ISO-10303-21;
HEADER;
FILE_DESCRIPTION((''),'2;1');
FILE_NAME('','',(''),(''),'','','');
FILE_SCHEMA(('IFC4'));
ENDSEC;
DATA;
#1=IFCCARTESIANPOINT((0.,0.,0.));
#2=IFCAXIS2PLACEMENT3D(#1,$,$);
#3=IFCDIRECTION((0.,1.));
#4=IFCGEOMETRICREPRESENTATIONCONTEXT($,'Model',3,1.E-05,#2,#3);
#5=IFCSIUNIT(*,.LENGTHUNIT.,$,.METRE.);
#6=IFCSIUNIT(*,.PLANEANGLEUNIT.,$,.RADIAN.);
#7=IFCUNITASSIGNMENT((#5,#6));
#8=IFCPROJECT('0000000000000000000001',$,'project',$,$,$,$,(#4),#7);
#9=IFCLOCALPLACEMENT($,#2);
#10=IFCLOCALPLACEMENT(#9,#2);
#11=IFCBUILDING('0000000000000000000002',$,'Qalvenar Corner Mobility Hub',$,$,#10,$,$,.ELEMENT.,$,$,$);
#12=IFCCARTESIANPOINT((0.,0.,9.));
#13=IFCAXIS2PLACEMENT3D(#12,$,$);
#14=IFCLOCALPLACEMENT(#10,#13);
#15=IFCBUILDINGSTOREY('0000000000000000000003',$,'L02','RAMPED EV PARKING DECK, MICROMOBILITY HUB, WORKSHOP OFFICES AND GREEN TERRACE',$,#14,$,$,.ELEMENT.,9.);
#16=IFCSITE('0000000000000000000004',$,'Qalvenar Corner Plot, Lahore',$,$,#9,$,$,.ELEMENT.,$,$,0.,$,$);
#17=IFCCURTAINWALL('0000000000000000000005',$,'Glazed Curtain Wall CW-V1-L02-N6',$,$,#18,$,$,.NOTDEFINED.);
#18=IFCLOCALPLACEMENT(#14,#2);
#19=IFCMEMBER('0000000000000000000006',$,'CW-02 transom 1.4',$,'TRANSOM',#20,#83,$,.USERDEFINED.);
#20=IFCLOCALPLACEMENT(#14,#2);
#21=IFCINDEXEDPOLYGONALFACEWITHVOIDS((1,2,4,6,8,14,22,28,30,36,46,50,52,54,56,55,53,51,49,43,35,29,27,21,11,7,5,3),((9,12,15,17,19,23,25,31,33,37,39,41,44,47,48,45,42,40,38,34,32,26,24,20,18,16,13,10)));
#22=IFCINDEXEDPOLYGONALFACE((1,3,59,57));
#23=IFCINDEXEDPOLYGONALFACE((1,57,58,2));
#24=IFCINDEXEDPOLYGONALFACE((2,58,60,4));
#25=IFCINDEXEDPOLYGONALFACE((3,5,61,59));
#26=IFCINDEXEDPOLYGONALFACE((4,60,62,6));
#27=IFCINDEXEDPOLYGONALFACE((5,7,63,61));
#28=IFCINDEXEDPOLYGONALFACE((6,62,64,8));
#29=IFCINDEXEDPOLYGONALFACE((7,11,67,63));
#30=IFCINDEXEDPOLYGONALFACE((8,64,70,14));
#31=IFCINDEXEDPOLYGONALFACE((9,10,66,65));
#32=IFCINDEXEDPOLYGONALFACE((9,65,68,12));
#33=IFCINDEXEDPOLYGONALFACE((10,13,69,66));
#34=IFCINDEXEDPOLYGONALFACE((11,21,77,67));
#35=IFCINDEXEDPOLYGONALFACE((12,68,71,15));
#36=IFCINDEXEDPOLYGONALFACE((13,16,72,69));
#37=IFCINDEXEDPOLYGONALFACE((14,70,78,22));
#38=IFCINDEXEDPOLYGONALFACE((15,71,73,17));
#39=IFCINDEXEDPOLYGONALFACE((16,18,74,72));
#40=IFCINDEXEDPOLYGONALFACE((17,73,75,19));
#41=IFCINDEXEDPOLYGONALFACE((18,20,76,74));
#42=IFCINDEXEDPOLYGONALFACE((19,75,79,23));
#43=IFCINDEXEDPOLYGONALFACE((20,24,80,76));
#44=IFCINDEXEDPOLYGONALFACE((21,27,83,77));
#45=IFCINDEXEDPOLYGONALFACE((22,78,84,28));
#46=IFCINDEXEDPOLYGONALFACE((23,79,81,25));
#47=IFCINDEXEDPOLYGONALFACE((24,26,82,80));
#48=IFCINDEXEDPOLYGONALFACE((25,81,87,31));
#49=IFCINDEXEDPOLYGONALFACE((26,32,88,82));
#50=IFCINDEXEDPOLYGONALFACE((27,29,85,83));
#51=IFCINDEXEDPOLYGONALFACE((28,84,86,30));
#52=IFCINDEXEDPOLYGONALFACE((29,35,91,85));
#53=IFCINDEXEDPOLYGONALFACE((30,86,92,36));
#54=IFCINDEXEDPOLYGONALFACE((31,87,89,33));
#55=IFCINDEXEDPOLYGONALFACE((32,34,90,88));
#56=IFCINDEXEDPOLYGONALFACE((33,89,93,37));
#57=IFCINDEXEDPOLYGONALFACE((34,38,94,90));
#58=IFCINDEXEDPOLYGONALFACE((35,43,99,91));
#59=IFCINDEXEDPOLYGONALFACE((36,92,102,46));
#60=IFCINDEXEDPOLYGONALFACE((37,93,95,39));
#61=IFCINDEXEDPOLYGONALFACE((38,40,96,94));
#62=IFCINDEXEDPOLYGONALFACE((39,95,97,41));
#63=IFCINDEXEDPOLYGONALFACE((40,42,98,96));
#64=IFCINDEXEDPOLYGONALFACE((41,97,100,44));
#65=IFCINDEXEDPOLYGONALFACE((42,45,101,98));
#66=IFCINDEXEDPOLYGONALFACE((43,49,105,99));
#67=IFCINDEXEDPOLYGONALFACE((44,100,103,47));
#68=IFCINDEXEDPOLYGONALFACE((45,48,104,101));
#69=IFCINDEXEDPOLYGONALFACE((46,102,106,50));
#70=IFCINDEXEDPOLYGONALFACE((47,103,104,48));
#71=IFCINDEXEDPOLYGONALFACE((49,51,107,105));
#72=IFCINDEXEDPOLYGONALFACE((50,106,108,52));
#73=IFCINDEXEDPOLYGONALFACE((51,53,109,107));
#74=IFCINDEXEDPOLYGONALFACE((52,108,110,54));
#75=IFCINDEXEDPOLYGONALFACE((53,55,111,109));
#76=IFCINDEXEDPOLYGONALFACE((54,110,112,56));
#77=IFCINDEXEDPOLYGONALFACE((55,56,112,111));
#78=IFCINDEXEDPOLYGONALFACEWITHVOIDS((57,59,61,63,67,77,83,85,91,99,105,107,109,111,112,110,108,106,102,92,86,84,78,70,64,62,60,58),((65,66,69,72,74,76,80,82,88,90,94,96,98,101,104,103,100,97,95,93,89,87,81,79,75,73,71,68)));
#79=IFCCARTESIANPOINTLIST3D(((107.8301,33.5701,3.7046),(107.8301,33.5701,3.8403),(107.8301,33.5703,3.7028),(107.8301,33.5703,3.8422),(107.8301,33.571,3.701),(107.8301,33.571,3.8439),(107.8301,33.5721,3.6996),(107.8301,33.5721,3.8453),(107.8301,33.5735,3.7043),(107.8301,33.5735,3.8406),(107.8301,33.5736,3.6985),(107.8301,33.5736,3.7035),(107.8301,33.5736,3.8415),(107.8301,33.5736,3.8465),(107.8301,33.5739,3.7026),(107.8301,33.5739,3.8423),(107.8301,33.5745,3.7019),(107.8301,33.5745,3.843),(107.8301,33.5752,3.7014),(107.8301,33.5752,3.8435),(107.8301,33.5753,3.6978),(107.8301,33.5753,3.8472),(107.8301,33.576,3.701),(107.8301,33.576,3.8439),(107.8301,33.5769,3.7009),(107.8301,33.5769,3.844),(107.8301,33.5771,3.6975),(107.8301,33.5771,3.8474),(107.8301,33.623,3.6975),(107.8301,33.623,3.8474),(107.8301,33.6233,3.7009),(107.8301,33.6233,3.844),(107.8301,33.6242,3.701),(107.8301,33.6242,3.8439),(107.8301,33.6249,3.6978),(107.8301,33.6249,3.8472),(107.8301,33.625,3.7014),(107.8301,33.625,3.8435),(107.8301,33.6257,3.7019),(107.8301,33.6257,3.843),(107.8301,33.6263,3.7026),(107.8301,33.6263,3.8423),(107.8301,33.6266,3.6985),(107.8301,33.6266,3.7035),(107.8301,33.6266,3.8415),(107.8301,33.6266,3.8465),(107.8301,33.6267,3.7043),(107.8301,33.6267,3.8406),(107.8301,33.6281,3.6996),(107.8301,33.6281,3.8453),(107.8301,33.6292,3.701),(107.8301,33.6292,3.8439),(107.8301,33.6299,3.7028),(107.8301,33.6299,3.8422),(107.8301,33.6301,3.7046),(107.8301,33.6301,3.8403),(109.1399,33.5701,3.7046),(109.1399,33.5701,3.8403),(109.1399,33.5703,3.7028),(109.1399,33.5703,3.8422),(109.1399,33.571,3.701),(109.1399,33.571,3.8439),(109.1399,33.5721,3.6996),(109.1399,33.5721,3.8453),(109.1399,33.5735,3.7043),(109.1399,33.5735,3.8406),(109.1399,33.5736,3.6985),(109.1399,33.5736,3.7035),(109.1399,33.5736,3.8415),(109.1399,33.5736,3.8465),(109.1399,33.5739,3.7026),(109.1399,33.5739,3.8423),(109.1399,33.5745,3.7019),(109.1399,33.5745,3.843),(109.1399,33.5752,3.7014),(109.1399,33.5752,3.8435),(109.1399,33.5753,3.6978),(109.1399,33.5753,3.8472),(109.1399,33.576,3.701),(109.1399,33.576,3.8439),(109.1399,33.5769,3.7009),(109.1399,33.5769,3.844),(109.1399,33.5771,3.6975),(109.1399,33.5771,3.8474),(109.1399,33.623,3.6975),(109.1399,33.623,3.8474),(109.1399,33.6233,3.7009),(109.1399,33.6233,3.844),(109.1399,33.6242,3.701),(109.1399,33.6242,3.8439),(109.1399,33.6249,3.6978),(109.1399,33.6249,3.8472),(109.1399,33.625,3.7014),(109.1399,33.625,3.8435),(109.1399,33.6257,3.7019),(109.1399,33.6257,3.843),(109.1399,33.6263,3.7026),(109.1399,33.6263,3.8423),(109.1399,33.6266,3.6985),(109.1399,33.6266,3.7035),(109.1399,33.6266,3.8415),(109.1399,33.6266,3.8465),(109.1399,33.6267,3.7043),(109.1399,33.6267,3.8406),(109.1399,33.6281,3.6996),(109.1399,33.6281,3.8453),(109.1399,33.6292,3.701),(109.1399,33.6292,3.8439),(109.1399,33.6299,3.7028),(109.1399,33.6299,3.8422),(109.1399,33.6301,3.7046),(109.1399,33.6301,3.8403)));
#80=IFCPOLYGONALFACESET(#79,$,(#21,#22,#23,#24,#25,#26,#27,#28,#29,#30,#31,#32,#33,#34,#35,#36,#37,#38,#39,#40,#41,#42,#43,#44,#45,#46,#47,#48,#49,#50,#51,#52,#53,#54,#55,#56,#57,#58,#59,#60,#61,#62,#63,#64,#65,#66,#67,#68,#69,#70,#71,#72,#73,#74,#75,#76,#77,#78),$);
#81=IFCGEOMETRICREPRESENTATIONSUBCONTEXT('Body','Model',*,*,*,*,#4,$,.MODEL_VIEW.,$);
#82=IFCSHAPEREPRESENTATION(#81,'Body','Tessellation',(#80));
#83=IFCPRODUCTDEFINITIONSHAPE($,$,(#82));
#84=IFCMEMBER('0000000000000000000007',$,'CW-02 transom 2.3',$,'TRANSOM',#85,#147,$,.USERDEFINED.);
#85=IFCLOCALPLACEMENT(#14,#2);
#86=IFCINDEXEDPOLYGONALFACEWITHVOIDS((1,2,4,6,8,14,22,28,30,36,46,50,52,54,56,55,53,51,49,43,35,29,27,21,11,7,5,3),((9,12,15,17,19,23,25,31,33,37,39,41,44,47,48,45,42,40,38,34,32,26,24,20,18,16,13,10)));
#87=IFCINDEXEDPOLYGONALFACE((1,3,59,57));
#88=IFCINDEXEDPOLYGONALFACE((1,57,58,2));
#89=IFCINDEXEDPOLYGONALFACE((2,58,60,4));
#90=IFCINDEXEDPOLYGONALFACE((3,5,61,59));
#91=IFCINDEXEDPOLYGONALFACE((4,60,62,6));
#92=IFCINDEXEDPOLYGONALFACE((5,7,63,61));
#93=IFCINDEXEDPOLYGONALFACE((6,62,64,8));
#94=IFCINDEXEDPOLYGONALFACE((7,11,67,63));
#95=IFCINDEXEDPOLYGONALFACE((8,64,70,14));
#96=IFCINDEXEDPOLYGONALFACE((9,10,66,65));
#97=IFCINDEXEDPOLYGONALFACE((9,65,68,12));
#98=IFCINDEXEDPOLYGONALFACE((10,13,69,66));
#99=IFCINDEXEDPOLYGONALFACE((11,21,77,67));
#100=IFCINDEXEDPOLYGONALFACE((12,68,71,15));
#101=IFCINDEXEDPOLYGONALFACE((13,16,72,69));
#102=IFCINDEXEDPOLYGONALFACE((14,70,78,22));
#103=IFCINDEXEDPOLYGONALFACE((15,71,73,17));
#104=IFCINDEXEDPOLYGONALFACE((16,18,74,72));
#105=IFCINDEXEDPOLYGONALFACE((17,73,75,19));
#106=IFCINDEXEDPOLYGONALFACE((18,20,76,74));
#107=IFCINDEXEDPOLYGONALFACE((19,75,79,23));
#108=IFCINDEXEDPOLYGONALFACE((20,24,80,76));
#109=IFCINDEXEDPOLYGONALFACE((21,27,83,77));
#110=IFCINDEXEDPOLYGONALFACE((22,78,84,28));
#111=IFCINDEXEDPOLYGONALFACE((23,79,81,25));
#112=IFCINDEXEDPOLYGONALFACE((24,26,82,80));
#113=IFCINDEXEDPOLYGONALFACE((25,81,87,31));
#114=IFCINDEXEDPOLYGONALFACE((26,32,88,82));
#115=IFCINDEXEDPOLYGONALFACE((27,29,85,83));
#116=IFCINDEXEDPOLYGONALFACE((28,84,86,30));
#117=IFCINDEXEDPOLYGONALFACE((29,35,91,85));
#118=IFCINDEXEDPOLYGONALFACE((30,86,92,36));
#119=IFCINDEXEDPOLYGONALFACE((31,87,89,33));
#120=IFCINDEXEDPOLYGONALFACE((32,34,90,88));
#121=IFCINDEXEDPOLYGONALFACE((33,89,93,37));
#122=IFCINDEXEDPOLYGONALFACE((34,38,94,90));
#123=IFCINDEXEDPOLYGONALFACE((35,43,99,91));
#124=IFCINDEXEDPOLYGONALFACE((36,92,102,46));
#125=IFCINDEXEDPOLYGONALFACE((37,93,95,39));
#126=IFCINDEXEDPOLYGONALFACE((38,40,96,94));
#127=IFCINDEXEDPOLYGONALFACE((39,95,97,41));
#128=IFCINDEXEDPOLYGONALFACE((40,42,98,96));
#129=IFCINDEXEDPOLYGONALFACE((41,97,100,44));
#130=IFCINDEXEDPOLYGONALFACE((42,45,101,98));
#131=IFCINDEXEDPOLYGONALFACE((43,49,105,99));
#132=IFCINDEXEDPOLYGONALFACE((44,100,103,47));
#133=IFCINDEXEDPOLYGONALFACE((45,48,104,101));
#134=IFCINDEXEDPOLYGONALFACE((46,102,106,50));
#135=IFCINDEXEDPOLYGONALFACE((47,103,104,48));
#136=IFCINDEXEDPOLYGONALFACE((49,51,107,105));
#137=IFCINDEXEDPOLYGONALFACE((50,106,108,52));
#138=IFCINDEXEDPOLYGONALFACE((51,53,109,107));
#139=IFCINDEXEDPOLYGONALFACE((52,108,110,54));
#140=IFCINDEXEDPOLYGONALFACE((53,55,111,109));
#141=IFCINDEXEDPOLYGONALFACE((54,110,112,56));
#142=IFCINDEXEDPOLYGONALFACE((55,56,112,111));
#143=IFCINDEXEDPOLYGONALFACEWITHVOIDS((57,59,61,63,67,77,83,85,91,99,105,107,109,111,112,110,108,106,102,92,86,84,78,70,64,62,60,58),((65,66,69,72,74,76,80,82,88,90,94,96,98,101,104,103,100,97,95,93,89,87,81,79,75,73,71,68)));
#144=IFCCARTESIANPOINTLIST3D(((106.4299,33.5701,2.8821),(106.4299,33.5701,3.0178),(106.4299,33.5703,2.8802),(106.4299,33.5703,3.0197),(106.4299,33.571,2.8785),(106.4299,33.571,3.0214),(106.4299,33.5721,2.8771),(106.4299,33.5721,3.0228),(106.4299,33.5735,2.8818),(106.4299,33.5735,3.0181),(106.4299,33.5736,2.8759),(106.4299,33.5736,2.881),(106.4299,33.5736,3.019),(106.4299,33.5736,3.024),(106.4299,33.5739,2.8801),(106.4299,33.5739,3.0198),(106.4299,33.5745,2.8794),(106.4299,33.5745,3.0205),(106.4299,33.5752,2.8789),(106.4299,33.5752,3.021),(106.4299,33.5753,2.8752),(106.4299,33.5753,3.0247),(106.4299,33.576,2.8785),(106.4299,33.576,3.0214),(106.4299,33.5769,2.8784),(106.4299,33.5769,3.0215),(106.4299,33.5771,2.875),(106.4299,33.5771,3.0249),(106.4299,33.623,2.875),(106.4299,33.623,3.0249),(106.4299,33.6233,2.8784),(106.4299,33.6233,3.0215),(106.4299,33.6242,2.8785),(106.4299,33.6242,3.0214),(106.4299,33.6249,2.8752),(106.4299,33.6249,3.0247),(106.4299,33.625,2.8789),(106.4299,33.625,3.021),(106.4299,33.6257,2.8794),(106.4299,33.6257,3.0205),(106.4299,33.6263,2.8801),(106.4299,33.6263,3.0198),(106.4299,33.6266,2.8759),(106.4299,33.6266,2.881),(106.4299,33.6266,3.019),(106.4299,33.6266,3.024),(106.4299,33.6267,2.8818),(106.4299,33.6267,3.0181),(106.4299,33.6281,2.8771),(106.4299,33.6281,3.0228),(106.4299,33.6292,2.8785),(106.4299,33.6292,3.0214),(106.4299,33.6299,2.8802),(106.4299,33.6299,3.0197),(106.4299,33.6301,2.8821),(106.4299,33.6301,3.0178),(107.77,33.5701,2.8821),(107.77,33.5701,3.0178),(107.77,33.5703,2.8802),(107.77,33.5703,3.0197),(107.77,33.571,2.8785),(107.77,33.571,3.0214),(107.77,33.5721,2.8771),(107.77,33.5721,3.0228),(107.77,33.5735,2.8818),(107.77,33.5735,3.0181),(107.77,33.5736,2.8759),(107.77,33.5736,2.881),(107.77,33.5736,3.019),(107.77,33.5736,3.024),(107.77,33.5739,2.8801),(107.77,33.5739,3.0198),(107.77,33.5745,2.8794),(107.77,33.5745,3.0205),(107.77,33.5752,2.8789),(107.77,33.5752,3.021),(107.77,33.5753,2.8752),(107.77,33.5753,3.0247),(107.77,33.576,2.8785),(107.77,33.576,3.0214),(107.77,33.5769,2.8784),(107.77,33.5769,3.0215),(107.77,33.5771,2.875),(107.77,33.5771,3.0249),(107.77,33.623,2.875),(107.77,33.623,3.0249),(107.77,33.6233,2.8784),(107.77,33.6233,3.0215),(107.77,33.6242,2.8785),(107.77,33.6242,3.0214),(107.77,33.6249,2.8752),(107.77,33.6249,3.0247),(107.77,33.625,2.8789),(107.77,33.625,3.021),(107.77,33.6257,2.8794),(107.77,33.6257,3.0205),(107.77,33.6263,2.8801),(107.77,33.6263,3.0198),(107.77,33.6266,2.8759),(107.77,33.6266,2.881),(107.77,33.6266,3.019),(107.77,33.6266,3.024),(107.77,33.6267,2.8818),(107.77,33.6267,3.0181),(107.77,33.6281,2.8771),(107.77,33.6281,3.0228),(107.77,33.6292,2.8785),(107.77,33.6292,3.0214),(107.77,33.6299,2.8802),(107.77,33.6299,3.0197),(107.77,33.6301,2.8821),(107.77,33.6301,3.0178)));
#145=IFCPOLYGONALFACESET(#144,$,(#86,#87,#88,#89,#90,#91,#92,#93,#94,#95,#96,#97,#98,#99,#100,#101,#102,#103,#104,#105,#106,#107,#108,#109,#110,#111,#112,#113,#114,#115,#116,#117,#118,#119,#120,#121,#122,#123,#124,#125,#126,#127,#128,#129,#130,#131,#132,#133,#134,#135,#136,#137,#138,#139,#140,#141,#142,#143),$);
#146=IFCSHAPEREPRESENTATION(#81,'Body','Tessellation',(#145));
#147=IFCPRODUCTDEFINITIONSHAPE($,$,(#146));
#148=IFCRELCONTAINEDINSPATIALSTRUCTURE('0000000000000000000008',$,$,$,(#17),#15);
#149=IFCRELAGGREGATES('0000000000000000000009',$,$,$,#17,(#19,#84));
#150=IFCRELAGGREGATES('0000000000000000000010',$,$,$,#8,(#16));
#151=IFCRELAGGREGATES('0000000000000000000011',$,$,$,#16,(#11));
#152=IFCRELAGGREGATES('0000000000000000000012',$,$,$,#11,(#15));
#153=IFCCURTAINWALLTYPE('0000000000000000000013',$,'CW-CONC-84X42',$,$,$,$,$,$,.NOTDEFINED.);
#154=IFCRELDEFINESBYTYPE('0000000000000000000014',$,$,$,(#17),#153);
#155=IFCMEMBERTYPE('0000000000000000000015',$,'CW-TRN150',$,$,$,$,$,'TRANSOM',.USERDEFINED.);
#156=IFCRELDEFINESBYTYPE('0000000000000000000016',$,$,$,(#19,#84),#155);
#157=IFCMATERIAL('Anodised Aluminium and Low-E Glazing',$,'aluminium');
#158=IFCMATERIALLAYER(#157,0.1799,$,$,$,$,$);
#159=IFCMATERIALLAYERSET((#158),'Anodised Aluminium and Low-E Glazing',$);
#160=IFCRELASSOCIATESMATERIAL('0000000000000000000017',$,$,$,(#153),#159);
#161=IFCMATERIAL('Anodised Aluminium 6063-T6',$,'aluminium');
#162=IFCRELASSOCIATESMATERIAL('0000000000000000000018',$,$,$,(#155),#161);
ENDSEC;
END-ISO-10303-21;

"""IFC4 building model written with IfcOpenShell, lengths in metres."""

from ifc_helpers import new_model, si_unit, direction, frame, origin, origin_2d, place, context, subcontext, project, spatial, hollow_rectangle, extrude, material, layer, layer_set, material_profile, profile_set, type_object, element, aggregate, save


model = new_model("IFC4")

# Units and contexts
model_context = context("Model", 3, precision=1e-05, world=origin(), true_north=direction((0.0, 1.0)))
body_context = subcontext(model_context, "Body", "Model", "MODEL_VIEW")
ifc_project = project(units=[si_unit("LENGTHUNIT", "METRE"), si_unit("PLANEANGLEUNIT", "RADIAN")], contexts=[model_context])

# Site, building, storey
site_placement = place(None, origin())
site = spatial("IfcSite", under=ifc_project, at=site_placement, Name="Qalvenar Corner Plot, Lahore", CompositionType="ELEMENT", RefElevation=0.0)
building_placement = place(site_placement, origin())
building = spatial("IfcBuilding", under=site, at=building_placement, Name="Qalvenar Corner Mobility Hub", CompositionType="ELEMENT")
storey_placement = place(building_placement, frame((0.0, 0.0, 9.0)))
storey = spatial("IfcBuildingStorey", under=building, at=storey_placement, Name="L02", Description="RAMPED EV PARKING DECK, MICROMOBILITY HUB, WORKSHOP OFFICES AND GREEN TERRACE", CompositionType="ELEMENT", Elevation=9.0)

# Curtain wall
ifc_material_1 = material(Name="Anodised Aluminium and Low-E Glazing", Category="aluminium")
ifc_material_2 = material(Name="Anodised Aluminium 6063-T6", Category="aluminium")
ifc_layer_1 = layer(ifc_material_1, 0.1799)
ifc_layer_set_1 = layer_set([ifc_layer_1], Name="Anodised Aluminium and Low-E Glazing")
curtain_wall_type_1 = type_object("IfcCurtainWallType", Name="CW-CONC-84X42", PredefinedType="NOTDEFINED", material=ifc_layer_set_1)
curtain_wall_1_placement = place(storey_placement, origin())
curtain_wall_1 = element("IfcCurtainWall", 1, at=curtain_wall_1_placement, inside=storey, type_object=curtain_wall_type_1, Name="Glazed Curtain Wall CW-V1-L02-N6", PredefinedType="NOTDEFINED")

# Members
ifc_material_profile_1 = material_profile(ifc_material_2, hollow_rectangle(XDim=0.0601, YDim=0.1499, WallThickness=0.0034, InnerFilletRadius=0.0034, OuterFilletRadius=0.0071, at=origin_2d()), Name="RHS150x60x3.5")
ifc_profile_set_1 = profile_set([ifc_material_profile_1], Name="Anodised Aluminium 6063-T6")
member_type_1 = type_object("IfcMemberType", Name="CW-TRN150", ElementType="TRANSOM", PredefinedType="USERDEFINED", material=ifc_profile_set_1)
member_1_placement = place(storey_placement, frame((109.1399, 33.6001, 3.7725), z_axis=(-1.0, 0.0, 0.0), x_axis=(0.0, -1.0, 0.0)))
member_1 = element("IfcMember", 2, at=member_1_placement, type_object=member_type_1, Name="CW-02 transom 1.4", ObjectType="TRANSOM", PredefinedType="USERDEFINED", context=body_context, shape_type="SweptSolid", body=[
    extrude(hollow_rectangle(XDim=0.0601, YDim=0.1499, WallThickness=0.0034, InnerFilletRadius=0.0034, OuterFilletRadius=0.0071, at=origin_2d()), origin(), (0.0, 0.0, 1.0), 1.3098),
])
member_2_placement = place(storey_placement, frame((107.77, 33.6001, 2.95), z_axis=(-1.0, 0.0, 0.0), x_axis=(0.0, -1.0, 0.0)))
member_2 = element("IfcMember", 3, at=member_2_placement, type_object=member_type_1, Name="CW-02 transom 2.3", ObjectType="TRANSOM", PredefinedType="USERDEFINED", context=body_context, shape_type="SweptSolid", body=[
    extrude(hollow_rectangle(XDim=0.0601, YDim=0.1499, WallThickness=0.0034, InnerFilletRadius=0.0034, OuterFilletRadius=0.0071, at=origin_2d()), origin(), (0.0, 0.0, 1.0), 1.3401),
])

aggregate(curtain_wall_1, [member_1, member_2])

save(model, "model.ifc")
